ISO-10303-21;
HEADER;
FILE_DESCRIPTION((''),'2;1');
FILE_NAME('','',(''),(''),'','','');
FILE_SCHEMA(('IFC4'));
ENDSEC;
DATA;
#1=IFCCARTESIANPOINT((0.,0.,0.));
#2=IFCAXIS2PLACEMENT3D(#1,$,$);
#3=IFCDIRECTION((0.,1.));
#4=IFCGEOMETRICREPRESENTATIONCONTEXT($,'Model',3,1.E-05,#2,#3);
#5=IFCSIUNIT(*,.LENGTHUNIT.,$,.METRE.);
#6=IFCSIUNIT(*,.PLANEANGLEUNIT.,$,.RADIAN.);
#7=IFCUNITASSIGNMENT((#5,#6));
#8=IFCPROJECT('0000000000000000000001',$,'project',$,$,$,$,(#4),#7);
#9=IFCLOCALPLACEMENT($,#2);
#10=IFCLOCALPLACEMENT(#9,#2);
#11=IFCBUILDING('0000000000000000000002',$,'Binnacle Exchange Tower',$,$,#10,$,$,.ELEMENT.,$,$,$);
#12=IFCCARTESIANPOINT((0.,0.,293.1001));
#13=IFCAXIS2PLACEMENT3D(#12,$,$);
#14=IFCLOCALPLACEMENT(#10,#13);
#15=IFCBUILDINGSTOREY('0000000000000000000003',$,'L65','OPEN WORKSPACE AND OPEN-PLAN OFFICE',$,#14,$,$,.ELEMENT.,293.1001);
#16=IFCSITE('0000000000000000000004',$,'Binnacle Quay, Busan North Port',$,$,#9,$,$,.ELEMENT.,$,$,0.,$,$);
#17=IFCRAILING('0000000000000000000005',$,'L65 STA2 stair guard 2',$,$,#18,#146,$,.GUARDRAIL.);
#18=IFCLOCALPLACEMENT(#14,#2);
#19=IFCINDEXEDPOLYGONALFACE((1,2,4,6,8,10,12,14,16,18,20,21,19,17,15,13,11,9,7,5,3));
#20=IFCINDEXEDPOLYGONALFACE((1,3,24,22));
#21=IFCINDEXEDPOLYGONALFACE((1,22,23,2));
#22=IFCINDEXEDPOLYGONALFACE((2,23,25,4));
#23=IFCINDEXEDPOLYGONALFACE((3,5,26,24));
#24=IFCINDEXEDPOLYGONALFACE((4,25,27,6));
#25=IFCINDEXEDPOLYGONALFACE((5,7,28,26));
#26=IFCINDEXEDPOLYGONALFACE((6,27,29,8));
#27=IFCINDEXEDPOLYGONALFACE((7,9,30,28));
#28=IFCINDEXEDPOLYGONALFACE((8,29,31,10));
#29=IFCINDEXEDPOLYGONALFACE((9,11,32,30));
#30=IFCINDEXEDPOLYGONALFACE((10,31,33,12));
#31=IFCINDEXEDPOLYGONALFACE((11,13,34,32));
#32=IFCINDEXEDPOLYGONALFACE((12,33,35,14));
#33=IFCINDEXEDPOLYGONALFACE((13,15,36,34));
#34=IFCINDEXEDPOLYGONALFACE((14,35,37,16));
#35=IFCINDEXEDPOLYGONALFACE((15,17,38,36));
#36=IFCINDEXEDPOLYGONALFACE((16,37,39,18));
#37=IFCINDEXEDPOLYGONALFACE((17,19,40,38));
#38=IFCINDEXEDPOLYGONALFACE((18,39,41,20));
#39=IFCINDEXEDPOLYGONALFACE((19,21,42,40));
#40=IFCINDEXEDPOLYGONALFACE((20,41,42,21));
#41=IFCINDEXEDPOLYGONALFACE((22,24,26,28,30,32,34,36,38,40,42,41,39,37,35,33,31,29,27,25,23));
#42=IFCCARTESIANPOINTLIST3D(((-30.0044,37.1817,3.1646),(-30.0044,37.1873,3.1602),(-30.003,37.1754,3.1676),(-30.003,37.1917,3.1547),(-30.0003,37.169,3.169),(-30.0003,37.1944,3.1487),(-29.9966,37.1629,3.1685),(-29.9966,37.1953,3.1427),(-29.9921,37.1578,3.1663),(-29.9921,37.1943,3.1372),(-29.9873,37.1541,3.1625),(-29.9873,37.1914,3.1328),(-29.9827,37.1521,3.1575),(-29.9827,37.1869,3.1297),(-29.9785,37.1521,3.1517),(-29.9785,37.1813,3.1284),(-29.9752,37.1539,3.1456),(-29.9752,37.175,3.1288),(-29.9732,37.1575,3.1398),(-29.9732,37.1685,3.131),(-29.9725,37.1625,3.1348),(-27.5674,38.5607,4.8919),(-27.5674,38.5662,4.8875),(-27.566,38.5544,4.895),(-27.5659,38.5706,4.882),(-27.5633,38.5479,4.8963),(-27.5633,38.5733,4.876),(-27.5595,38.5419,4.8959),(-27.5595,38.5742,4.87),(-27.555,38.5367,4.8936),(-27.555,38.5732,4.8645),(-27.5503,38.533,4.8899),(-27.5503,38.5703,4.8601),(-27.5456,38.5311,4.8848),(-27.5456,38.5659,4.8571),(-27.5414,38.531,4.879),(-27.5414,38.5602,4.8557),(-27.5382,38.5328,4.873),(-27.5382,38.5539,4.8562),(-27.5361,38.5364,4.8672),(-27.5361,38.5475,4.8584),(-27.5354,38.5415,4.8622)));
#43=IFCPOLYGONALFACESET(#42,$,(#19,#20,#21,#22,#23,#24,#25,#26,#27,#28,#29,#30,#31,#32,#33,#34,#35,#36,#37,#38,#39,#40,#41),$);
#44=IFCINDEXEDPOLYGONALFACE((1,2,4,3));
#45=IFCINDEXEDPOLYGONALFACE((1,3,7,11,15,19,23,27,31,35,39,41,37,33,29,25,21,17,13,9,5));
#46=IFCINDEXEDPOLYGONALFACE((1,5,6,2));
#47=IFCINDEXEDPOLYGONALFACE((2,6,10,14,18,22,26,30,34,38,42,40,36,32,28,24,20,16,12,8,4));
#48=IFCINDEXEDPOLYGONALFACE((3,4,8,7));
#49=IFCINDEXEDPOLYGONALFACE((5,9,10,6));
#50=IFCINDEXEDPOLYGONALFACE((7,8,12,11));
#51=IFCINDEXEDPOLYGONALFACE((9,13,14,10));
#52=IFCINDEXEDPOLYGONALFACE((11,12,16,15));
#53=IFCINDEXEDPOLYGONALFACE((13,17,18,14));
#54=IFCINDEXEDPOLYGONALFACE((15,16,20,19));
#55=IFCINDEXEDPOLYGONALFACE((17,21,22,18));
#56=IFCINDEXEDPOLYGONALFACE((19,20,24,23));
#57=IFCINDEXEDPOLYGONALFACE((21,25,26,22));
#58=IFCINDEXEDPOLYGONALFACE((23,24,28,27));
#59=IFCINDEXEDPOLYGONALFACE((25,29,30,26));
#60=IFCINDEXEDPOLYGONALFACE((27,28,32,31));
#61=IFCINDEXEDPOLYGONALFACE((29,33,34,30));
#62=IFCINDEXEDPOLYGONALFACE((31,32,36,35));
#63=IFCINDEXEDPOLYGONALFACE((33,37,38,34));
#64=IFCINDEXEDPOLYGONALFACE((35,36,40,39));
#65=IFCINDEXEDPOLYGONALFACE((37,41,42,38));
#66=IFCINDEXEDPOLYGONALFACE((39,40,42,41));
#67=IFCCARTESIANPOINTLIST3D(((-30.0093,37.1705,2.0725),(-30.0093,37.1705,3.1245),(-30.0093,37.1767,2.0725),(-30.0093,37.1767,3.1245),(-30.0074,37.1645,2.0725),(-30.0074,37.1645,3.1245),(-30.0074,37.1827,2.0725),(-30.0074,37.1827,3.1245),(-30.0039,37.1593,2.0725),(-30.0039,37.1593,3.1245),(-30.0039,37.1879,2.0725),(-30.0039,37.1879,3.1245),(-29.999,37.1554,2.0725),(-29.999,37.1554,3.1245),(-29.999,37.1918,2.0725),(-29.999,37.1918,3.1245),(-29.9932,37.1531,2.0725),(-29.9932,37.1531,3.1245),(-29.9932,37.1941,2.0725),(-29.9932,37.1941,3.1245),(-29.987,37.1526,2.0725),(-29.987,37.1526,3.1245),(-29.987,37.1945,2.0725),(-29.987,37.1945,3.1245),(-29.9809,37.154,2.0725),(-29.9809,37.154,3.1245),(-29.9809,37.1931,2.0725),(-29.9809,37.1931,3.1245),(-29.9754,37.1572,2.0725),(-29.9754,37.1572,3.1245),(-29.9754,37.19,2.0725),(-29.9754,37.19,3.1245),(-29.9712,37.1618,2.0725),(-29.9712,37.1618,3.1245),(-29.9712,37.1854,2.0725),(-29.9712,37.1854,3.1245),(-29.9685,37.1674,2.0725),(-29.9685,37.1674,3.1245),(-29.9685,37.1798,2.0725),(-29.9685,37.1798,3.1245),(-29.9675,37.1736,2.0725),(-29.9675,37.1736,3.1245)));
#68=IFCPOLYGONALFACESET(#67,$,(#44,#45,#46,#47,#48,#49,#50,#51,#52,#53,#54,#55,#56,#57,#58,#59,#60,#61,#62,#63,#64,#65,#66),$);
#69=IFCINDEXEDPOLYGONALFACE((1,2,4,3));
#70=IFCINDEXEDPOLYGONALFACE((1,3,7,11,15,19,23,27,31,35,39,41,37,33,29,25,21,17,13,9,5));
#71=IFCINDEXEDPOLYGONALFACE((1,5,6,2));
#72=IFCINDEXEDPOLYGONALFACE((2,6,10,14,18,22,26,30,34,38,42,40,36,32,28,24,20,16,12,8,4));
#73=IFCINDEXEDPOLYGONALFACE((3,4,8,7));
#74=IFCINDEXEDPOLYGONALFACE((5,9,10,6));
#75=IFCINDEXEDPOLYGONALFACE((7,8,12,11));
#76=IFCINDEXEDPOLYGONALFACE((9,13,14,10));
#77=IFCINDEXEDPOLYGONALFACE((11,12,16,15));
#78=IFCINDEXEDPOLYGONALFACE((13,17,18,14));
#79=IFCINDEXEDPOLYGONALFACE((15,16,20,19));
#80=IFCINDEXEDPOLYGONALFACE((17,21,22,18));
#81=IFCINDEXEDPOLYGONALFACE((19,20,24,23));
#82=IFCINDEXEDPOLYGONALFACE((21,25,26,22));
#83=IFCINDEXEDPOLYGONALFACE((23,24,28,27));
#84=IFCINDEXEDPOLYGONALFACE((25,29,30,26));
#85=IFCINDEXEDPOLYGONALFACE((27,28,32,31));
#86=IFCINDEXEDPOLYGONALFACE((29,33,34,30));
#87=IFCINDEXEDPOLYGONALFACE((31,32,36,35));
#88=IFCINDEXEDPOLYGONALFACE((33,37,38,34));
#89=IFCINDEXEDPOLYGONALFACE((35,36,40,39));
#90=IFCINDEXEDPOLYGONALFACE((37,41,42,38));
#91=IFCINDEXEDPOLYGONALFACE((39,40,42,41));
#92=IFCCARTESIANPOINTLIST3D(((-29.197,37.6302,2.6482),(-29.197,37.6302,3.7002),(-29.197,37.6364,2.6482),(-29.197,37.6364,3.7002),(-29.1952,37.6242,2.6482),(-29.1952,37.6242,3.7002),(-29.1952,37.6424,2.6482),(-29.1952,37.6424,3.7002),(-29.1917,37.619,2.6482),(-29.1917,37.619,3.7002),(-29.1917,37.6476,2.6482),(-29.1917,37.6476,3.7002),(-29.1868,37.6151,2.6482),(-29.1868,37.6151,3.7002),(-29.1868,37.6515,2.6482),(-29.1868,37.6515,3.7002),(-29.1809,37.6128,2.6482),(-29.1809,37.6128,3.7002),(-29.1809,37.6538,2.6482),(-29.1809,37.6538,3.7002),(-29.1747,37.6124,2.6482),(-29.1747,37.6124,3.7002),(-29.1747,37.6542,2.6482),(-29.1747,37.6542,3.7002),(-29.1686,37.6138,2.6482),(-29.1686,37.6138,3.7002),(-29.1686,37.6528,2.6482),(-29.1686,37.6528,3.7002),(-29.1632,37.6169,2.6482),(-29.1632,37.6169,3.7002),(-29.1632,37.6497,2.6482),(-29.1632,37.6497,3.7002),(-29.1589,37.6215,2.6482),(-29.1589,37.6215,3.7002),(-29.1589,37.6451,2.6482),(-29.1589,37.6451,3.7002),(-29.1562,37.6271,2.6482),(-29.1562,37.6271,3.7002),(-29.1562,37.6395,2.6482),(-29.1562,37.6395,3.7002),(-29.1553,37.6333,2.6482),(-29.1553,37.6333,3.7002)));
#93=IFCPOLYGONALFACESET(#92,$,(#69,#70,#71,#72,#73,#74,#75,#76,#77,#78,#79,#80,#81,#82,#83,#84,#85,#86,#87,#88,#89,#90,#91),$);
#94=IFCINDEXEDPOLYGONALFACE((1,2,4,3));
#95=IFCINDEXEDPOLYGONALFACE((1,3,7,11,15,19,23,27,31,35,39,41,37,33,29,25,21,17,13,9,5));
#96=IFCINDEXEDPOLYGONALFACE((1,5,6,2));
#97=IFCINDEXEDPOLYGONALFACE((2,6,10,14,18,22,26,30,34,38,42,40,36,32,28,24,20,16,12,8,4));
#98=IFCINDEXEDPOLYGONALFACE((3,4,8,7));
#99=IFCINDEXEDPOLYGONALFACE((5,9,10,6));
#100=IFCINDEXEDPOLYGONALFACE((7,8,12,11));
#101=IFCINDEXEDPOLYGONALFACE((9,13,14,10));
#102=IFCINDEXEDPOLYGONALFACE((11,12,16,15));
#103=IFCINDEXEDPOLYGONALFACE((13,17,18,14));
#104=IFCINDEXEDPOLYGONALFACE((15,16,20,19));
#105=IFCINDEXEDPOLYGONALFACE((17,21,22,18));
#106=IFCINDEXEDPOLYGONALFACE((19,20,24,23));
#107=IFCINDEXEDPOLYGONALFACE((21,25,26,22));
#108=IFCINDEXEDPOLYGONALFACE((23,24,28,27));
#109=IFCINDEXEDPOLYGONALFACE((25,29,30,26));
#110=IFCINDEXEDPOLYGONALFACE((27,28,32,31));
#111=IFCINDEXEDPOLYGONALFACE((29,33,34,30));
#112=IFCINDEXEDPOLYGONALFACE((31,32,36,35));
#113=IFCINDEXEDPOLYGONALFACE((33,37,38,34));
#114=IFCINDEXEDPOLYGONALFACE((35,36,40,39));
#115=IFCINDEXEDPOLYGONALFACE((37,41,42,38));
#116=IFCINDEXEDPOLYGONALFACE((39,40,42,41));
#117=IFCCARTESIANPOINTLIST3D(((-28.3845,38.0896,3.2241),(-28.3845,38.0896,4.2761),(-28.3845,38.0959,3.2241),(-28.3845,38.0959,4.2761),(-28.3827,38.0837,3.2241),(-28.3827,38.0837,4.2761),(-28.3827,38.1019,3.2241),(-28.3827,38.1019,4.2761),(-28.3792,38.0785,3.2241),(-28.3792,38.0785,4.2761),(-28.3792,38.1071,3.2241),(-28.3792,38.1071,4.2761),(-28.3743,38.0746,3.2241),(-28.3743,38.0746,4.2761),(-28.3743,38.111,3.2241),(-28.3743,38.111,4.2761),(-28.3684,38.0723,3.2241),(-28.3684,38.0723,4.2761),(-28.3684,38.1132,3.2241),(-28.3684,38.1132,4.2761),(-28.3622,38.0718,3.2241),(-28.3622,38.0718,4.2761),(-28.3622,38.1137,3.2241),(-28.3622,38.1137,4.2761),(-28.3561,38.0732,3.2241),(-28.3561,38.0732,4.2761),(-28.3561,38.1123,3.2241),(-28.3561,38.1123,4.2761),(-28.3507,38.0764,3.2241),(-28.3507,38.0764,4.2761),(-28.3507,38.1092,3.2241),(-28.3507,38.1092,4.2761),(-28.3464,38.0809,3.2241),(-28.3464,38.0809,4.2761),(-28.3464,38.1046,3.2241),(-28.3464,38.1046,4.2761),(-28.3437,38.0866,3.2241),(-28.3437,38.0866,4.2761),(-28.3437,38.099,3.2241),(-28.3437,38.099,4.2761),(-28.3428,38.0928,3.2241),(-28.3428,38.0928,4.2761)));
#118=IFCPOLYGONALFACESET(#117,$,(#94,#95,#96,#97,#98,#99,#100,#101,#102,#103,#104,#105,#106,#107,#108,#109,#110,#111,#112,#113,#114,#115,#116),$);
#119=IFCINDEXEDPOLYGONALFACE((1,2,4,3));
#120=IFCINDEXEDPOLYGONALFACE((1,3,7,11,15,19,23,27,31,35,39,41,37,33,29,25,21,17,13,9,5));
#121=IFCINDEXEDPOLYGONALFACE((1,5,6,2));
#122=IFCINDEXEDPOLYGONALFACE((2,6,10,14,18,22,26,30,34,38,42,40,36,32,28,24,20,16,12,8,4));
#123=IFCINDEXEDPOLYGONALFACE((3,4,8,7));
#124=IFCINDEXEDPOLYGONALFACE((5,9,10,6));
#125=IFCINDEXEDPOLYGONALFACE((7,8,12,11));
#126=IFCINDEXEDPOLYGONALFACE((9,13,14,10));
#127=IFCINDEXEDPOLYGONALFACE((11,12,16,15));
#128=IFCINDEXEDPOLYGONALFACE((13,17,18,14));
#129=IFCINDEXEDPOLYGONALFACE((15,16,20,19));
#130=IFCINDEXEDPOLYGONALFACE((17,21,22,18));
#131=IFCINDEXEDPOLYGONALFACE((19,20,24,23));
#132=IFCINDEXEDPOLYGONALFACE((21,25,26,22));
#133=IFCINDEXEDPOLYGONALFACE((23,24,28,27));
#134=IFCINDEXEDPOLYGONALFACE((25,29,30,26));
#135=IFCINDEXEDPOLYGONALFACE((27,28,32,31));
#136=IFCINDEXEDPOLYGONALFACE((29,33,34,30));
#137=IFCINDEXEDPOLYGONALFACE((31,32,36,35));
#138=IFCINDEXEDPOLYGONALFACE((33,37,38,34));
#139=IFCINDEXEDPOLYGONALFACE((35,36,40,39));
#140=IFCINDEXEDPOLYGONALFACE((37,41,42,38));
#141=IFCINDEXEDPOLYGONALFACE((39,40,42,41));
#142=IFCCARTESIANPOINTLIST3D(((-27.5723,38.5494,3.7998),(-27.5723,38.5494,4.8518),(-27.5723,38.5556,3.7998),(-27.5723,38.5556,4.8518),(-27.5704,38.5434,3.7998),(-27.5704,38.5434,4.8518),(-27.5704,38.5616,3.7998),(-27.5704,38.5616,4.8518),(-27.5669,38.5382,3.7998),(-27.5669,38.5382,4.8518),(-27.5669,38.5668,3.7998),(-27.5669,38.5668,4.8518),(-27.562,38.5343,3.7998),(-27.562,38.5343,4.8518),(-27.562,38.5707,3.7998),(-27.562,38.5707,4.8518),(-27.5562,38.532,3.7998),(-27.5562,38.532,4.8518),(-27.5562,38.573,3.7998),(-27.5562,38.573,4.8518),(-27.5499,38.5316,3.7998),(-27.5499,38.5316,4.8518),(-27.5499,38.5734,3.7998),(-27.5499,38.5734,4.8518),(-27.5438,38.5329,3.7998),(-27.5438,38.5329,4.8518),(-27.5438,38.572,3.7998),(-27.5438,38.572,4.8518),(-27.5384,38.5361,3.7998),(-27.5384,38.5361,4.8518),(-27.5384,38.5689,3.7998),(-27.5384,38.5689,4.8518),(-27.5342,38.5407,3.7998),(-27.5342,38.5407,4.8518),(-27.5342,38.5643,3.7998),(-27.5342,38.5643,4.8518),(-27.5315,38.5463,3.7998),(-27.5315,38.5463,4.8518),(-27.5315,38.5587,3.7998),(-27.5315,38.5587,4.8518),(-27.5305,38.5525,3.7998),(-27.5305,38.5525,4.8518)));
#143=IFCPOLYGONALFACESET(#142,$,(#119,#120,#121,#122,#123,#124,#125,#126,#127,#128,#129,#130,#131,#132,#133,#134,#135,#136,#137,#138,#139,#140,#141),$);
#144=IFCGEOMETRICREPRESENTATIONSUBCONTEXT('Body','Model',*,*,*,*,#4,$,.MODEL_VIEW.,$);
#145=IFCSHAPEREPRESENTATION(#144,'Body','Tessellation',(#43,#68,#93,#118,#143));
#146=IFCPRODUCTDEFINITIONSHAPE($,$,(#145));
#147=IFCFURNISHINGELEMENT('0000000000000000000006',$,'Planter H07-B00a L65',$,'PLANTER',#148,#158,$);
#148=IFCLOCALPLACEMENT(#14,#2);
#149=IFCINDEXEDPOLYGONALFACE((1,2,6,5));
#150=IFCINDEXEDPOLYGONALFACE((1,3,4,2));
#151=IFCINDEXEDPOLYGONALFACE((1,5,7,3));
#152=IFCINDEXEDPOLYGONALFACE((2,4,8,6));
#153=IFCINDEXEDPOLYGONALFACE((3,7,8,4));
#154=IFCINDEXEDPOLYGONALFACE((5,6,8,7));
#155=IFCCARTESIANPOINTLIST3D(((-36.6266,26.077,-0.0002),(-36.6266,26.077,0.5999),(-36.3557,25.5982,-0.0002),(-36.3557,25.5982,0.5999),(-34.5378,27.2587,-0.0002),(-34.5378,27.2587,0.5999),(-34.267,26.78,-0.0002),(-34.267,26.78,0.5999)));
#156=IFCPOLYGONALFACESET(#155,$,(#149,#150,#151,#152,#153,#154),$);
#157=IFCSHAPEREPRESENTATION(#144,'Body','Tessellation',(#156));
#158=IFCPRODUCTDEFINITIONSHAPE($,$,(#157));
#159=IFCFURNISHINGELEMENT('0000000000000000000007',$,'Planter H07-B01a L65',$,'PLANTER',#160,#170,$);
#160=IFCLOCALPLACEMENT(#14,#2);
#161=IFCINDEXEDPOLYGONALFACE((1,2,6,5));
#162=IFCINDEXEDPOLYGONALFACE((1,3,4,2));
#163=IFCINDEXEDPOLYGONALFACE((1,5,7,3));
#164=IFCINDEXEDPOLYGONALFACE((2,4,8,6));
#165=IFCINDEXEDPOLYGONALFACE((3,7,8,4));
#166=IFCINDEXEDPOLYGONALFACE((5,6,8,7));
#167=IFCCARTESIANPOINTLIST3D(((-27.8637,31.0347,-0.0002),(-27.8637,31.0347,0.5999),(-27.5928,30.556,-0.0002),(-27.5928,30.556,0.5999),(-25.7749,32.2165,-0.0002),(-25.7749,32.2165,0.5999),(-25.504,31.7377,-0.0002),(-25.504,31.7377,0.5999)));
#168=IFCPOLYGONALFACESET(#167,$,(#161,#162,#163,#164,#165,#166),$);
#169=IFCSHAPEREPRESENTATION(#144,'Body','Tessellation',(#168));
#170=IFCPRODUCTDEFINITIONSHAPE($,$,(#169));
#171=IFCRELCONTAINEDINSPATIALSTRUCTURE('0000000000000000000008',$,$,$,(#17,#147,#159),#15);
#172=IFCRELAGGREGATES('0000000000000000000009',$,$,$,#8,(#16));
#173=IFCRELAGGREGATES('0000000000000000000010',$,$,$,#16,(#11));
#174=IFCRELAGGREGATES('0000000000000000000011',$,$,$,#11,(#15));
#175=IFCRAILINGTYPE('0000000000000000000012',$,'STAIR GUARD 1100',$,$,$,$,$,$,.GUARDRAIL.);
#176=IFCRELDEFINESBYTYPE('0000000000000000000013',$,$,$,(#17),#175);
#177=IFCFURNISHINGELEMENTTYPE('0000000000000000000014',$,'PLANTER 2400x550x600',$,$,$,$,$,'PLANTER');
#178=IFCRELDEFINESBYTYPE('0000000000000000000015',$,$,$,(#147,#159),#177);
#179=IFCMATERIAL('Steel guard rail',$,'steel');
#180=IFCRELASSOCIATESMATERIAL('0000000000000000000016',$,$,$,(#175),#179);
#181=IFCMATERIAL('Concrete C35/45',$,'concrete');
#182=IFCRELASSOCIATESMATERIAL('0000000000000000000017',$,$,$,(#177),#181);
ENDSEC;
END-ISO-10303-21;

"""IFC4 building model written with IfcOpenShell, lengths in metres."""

from ifc_helpers import new_model, si_unit, direction, frame, origin, origin_2d, place, context, subcontext, project, spatial, rectangle, circle, extrude, material, type_object, element, save


model = new_model("IFC4")

# Units and contexts
model_context = context("Model", 3, precision=1e-05, world=origin(), true_north=direction((0.0, 1.0)))
body_context = subcontext(model_context, "Body", "Model", "MODEL_VIEW")
ifc_project = project(units=[si_unit("LENGTHUNIT", "METRE"), si_unit("PLANEANGLEUNIT", "RADIAN")], contexts=[model_context])

# Site, building, storey
site_placement = place(None, origin())
site = spatial("IfcSite", under=ifc_project, at=site_placement, Name="Binnacle Quay, Busan North Port", CompositionType="ELEMENT", RefElevation=0.0)
building_placement = place(site_placement, origin())
building = spatial("IfcBuilding", under=site, at=building_placement, Name="Binnacle Exchange Tower", CompositionType="ELEMENT")
storey_placement = place(building_placement, frame((0.0, 0.0, 293.1001)))
storey = spatial("IfcBuildingStorey", under=building, at=storey_placement, Name="L65", Description="OPEN WORKSPACE AND OPEN-PLAN OFFICE", CompositionType="ELEMENT", Elevation=293.1001)

# Shared definitions
ifc_material_1 = material(Name="Concrete C35/45", Category="concrete")

# Railing
ifc_material_2 = material(Name="Steel guard rail", Category="steel")
railing_type_1 = type_object("IfcRailingType", Name="STAIR GUARD 1100", PredefinedType="GUARDRAIL", material=ifc_material_2)
railing_placement = place(storey_placement, frame((-29.9885, 37.1736, 2.0725)))
element("IfcRailing", 1, at=railing_placement, inside=storey, type_object=railing_type_1, Name="L65 STA2 stair guard 2", PredefinedType="GUARDRAIL", context=body_context, shape_type="SweptSolid", body=[
    extrude(circle(Radius=0.0239, at=origin_2d()), frame((0.0, 0.0, 1.0762), z_axis=(0.740738, 0.419123, 0.525017), x_axis=(-0.492454, 0.870339, 0.0)), (0.0, 0.0, 1.0), 3.29),
    extrude(circle(Radius=0.021, at=origin_2d()), origin(), (0.0, 0.0, 1.0), 1.052),
    extrude(circle(Radius=0.021, at=origin_2d()), frame((0.8123, 0.4597, 0.5757)), (0.0, 0.0, 1.0), 1.052),
    extrude(circle(Radius=0.021, at=origin_2d()), frame((1.6248, 0.9192, 1.1516)), (0.0, 0.0, 1.0), 1.052),
    extrude(circle(Radius=0.021, at=origin_2d()), frame((2.437, 1.3789, 1.7273)), (0.0, 0.0, 1.0), 1.052),
])

# Furnishing elements
furnishing_element_type = type_object("IfcFurnishingElementType", Name="PLANTER 2400x550x600", ElementType="PLANTER", material=ifc_material_1)
for number, where, z_axis, x_axis, name in (
    (2, (-35.4468, 26.4285, -0.0002), (0.0, 0.0, 1.0), (0.870356, 0.492424, 0.0), "Planter H07-B00a L65"),
    (3, (-26.6838, 31.3862, -0.0002), (0.0, 0.0, 1.0), (0.870356, 0.492424, 0.0), "Planter H07-B01a L65"),
):
    element("IfcFurnishingElement", number, at=place(storey_placement, frame(where, z_axis=z_axis, x_axis=x_axis)), inside=storey, type_object=furnishing_element_type, Name=name, ObjectType="PLANTER", context=body_context, shape_type="SweptSolid", body=[
        extrude(rectangle(XDim=2.3999, YDim=0.55, at=origin_2d()), origin(), (0.0, 0.0, 1.0), 0.6001),
    ])

save(model, "model.ifc")
